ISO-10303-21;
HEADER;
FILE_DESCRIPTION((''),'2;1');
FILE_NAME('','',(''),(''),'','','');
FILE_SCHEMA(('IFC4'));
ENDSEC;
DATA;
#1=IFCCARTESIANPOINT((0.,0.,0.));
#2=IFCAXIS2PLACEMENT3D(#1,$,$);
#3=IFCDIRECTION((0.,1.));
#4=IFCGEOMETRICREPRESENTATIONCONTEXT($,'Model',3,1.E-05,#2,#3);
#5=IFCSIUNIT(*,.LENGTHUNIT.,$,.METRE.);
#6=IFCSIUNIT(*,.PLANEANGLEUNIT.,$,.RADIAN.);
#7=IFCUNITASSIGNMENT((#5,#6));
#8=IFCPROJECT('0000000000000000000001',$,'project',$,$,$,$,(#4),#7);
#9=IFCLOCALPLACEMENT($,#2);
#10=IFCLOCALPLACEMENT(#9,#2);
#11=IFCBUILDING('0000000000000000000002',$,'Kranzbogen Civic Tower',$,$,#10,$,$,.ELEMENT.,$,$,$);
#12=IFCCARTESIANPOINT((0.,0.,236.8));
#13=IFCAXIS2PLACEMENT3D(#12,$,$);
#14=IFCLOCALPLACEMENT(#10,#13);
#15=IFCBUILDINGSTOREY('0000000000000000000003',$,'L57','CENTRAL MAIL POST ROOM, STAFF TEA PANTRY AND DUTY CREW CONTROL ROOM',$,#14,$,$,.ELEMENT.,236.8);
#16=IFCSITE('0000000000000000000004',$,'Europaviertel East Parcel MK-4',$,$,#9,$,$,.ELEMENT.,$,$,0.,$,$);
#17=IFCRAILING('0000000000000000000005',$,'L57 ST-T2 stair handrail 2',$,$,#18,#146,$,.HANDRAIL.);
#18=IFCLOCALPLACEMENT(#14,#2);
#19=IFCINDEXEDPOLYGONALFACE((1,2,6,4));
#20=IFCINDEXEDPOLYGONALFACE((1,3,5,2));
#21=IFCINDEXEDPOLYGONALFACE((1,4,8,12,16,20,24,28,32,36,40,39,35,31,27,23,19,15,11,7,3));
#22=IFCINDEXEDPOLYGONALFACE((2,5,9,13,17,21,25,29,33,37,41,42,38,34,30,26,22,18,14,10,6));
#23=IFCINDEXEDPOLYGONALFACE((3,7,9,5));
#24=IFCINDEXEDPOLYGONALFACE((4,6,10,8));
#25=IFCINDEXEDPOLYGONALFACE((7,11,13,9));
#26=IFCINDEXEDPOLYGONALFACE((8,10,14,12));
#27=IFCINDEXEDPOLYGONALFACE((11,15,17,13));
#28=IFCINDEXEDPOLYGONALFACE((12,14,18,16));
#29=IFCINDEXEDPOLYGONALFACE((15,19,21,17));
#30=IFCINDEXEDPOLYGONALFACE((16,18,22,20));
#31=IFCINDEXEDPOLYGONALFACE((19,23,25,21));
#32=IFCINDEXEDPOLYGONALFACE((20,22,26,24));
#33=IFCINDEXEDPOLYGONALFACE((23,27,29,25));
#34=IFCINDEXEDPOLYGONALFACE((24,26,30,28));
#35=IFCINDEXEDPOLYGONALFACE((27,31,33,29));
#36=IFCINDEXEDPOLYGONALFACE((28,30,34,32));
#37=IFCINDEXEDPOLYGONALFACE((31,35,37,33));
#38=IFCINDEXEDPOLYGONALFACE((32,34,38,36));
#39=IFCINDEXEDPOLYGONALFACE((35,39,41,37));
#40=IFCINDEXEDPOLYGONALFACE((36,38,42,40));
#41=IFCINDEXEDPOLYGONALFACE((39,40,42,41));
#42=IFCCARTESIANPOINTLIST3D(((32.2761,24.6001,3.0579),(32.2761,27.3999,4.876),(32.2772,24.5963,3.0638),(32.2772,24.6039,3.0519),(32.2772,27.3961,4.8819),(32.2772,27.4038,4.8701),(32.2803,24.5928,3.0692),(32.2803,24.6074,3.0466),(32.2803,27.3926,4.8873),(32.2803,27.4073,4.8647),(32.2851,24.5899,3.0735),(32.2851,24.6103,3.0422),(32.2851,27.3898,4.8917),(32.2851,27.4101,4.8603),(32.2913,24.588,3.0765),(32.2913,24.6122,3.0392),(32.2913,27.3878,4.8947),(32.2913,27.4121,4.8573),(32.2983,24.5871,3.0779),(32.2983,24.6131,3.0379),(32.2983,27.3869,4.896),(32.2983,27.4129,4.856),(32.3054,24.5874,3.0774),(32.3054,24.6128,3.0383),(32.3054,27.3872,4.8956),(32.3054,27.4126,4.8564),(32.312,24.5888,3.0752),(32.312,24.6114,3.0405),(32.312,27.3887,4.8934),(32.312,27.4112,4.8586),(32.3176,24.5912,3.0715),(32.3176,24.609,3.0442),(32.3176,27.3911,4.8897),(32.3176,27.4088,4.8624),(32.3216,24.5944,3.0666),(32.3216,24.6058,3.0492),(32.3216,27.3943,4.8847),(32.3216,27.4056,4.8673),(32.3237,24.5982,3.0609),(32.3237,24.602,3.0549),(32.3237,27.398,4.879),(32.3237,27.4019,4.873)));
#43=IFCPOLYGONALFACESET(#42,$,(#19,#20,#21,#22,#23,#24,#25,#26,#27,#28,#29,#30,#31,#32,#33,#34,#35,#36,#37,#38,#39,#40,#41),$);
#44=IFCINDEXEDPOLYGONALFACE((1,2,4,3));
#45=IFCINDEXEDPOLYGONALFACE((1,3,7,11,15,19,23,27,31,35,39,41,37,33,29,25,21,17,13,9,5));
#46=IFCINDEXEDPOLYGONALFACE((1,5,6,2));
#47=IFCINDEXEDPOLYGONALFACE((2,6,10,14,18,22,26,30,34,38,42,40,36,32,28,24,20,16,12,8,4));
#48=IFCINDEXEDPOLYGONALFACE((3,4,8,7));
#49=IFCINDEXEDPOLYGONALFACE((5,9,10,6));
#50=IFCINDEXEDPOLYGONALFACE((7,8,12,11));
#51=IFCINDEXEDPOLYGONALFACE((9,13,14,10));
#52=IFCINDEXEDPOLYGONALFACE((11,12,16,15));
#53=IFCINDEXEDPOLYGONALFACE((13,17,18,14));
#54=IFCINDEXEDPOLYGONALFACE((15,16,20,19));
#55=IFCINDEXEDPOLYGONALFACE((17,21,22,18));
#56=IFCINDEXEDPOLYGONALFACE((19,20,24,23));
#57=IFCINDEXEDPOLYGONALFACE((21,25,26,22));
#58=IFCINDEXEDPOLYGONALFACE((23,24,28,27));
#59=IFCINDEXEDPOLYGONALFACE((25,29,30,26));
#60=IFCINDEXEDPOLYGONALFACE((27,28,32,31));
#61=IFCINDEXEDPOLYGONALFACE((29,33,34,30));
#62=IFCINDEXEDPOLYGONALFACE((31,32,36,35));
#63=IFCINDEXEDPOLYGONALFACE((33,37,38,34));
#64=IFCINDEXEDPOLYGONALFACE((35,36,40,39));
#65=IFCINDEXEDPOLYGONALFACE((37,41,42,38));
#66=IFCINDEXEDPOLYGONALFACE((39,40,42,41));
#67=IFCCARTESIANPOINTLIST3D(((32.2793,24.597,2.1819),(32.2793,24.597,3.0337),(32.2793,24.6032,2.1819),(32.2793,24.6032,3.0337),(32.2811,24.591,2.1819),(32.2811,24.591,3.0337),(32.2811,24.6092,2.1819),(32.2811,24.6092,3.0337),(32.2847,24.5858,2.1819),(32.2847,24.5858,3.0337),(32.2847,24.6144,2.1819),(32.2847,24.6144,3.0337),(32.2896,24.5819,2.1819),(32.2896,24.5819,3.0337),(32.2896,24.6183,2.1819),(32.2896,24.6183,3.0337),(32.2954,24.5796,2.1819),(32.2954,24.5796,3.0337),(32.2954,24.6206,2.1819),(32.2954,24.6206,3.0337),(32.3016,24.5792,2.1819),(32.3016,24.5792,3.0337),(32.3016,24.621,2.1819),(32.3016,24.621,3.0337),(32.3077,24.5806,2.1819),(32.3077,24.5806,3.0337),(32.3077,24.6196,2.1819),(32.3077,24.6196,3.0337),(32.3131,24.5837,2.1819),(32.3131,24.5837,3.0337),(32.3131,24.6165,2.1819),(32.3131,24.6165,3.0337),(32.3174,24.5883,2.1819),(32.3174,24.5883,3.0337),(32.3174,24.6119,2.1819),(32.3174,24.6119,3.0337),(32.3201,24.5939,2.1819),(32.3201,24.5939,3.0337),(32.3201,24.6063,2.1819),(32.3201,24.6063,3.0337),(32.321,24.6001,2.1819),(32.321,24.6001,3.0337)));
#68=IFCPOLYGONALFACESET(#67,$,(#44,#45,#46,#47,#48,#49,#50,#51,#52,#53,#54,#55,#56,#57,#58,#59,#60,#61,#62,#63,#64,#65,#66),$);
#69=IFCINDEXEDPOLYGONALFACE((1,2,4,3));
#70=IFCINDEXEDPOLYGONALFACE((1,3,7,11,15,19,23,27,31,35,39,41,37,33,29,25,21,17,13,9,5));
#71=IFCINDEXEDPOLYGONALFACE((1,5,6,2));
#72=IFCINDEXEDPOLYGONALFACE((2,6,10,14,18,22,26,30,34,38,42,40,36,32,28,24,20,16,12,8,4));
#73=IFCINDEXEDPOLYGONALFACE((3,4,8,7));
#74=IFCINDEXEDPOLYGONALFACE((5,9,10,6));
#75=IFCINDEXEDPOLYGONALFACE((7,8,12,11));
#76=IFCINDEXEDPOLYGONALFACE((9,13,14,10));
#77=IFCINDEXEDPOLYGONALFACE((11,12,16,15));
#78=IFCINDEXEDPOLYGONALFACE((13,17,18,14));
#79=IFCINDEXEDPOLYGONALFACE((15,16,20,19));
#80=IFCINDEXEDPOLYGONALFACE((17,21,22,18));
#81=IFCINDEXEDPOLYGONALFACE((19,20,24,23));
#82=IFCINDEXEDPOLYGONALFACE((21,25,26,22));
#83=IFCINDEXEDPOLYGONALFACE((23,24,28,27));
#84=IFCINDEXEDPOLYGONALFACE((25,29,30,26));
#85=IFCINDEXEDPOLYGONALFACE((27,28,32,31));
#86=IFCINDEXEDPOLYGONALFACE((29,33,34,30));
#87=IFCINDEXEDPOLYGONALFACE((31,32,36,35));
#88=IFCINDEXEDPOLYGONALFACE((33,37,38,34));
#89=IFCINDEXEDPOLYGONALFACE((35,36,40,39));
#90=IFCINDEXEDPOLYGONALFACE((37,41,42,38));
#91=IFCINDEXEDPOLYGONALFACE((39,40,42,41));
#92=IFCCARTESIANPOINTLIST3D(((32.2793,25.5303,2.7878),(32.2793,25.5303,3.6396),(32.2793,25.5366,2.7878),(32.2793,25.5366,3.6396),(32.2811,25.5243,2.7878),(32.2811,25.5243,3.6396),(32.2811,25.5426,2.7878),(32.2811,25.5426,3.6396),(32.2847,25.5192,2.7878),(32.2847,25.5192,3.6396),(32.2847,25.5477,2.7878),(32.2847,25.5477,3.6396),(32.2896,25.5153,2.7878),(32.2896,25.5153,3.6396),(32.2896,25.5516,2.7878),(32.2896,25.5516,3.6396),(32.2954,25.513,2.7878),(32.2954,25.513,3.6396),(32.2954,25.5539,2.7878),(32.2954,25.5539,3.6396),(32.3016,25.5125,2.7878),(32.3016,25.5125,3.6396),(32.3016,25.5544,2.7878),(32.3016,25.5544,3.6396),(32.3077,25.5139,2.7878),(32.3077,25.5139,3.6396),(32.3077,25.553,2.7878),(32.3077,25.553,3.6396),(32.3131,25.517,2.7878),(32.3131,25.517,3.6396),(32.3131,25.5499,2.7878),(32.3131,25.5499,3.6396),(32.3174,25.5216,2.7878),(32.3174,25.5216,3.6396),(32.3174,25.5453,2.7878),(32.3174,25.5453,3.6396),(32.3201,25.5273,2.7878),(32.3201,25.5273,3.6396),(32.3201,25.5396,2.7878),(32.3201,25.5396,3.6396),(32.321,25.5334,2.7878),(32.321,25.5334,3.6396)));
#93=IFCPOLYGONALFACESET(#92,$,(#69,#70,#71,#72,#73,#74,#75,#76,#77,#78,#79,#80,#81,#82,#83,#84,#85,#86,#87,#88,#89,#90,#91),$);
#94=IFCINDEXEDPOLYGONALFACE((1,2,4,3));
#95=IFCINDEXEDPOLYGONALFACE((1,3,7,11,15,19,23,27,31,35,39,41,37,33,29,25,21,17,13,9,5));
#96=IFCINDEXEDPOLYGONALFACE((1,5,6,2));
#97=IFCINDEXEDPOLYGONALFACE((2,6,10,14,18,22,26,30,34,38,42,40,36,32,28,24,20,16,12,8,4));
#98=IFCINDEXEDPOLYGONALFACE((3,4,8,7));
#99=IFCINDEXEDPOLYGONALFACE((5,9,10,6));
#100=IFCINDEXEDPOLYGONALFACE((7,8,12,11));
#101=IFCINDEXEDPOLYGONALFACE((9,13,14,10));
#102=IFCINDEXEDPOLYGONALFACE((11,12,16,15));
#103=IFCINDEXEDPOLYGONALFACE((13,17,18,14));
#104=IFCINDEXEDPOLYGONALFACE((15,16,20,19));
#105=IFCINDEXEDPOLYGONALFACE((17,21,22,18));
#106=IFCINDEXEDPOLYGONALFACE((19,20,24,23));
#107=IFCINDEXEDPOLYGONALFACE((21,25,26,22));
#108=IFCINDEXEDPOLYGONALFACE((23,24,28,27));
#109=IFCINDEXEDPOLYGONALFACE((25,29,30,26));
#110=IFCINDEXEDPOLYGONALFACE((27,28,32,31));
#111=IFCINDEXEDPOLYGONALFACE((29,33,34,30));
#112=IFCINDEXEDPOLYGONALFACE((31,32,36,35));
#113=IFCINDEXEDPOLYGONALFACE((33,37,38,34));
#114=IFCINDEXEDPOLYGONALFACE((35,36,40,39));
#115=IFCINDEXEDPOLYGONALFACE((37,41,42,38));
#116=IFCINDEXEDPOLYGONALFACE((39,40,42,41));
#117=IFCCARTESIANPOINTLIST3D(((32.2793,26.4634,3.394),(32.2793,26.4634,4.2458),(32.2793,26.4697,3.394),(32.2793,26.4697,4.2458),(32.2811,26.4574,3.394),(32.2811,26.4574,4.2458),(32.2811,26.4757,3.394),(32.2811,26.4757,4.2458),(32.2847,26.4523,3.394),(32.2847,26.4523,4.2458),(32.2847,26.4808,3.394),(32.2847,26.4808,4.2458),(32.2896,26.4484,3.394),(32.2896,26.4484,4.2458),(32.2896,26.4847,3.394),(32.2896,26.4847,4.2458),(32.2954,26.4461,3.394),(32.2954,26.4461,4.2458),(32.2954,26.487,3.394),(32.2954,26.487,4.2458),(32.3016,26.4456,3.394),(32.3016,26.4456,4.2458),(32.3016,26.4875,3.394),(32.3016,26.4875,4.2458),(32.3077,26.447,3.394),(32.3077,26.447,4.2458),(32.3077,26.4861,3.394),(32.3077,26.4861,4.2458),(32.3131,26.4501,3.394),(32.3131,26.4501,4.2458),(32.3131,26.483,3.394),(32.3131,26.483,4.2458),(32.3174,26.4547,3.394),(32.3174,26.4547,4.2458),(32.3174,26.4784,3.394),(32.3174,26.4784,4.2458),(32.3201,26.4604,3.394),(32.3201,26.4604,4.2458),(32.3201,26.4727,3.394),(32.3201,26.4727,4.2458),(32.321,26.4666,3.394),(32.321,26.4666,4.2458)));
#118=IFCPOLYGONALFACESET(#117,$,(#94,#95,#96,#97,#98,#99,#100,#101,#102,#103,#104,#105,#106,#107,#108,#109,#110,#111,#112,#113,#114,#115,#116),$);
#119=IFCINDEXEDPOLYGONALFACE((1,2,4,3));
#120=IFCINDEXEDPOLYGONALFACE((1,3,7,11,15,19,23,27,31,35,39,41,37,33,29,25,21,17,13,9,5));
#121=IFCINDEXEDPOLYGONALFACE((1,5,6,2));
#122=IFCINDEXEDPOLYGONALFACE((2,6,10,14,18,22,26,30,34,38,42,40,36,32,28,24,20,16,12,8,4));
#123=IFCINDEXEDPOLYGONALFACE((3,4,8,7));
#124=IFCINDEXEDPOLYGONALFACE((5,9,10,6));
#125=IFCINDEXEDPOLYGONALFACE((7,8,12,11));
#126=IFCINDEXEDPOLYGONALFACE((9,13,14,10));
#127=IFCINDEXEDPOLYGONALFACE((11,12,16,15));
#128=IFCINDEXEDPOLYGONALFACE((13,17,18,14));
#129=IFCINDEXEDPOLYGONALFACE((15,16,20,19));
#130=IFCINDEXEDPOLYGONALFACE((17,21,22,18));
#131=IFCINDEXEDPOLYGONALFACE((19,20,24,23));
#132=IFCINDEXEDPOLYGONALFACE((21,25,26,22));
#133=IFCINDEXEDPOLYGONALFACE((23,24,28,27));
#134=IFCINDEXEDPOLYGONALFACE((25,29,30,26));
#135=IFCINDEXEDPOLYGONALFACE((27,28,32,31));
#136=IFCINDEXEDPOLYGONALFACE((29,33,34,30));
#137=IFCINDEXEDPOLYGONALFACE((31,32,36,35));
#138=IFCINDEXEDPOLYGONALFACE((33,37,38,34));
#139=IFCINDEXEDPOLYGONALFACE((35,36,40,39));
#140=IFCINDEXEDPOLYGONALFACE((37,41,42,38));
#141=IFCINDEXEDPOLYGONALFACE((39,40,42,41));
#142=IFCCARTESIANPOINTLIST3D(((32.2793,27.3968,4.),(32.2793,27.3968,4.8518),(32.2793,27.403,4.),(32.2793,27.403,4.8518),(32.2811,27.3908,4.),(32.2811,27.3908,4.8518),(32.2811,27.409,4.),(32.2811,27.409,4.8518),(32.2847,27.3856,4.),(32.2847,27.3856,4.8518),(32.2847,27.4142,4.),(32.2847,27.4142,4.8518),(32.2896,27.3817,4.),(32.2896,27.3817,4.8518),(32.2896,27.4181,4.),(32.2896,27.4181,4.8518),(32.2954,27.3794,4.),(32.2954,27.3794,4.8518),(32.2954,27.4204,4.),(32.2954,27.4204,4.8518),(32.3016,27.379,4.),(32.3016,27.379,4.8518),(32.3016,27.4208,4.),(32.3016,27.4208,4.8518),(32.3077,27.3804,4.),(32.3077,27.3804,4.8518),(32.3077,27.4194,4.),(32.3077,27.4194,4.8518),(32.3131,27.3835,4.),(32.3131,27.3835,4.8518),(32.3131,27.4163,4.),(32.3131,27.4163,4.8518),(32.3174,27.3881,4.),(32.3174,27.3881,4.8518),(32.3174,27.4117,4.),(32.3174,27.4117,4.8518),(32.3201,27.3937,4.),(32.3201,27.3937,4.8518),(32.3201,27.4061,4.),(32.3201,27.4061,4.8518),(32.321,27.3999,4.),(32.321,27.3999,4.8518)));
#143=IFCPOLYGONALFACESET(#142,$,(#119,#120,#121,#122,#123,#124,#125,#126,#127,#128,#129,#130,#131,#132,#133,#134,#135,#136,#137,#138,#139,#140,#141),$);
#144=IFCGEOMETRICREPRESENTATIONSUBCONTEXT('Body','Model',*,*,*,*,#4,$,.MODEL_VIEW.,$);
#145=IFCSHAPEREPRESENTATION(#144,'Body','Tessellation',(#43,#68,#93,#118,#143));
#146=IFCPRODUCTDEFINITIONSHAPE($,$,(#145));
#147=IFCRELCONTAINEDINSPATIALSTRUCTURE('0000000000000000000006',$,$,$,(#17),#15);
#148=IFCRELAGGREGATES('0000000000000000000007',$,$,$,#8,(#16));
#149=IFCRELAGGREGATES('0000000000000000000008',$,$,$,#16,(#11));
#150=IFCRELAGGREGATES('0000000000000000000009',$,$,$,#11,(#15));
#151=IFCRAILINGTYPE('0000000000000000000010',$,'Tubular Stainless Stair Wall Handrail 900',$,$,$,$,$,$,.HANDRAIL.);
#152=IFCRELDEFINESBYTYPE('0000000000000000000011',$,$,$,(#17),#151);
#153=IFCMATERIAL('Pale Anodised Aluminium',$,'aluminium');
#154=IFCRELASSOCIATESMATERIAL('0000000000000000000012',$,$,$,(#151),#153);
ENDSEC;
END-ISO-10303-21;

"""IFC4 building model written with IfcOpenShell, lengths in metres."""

from ifc_helpers import new_model, si_unit, direction, frame, origin, origin_2d, place, context, subcontext, project, spatial, circle, extrude, material, type_object, element, save


model = new_model("IFC4")

# Units and contexts
model_context = context("Model", 3, precision=1e-05, world=origin(), true_north=direction((0.0, 1.0)))
body_context = subcontext(model_context, "Body", "Model", "MODEL_VIEW")
ifc_project = project(units=[si_unit("LENGTHUNIT", "METRE"), si_unit("PLANEANGLEUNIT", "RADIAN")], contexts=[model_context])

# Site, building, storey
site_placement = place(None, origin())
site = spatial("IfcSite", under=ifc_project, at=site_placement, Name="Europaviertel East Parcel MK-4", CompositionType="ELEMENT", RefElevation=0.0)
building_placement = place(site_placement, origin())
building = spatial("IfcBuilding", under=site, at=building_placement, Name="Kranzbogen Civic Tower", CompositionType="ELEMENT")
storey_placement = place(building_placement, frame((0.0, 0.0, 236.8)))
storey = spatial("IfcBuildingStorey", under=building, at=storey_placement, Name="L57", Description="CENTRAL MAIL POST ROOM, STAFF TEA PANTRY AND DUTY CREW CONTROL ROOM", CompositionType="ELEMENT", Elevation=236.8)

# Shared definitions
ifc_material_1 = material(Name="Pale Anodised Aluminium", Category="aluminium")

# Railing
railing_type_1 = type_object("IfcRailingType", Name="Tubular Stainless Stair Wall Handrail 900", PredefinedType="HANDRAIL", material=ifc_material_1)
railing_1_placement = place(storey_placement, frame((32.3, 24.6001, 2.1819)))
element("IfcRailing", 1, at=railing_1_placement, inside=storey, type_object=railing_type_1, Name="L57 ST-T2 stair handrail 2", PredefinedType="HANDRAIL", context=body_context, shape_type="SweptSolid", body=[
    extrude(circle(Radius=0.0239, at=origin_2d()), frame((0.0, 0.0, 0.876), z_axis=(0.0, 0.838684, 0.544618), x_axis=(-1.0, 0.0, 0.0)), (0.0, 0.0, 1.0), 3.3384),
    extrude(circle(Radius=0.021, at=origin_2d()), origin(), (0.0, 0.0, 1.0), 0.8518),
    extrude(circle(Radius=0.021, at=origin_2d()), frame((0.0, 0.9333, 0.606)), (0.0, 0.0, 1.0), 0.8518),
    extrude(circle(Radius=0.021, at=origin_2d()), frame((0.0, 1.8665, 1.2122)), (0.0, 0.0, 1.0), 0.8518),
    extrude(circle(Radius=0.021, at=origin_2d()), frame((0.0, 2.7998, 1.8181)), (0.0, 0.0, 1.0), 0.8518),
])

save(model, "model.ifc")
